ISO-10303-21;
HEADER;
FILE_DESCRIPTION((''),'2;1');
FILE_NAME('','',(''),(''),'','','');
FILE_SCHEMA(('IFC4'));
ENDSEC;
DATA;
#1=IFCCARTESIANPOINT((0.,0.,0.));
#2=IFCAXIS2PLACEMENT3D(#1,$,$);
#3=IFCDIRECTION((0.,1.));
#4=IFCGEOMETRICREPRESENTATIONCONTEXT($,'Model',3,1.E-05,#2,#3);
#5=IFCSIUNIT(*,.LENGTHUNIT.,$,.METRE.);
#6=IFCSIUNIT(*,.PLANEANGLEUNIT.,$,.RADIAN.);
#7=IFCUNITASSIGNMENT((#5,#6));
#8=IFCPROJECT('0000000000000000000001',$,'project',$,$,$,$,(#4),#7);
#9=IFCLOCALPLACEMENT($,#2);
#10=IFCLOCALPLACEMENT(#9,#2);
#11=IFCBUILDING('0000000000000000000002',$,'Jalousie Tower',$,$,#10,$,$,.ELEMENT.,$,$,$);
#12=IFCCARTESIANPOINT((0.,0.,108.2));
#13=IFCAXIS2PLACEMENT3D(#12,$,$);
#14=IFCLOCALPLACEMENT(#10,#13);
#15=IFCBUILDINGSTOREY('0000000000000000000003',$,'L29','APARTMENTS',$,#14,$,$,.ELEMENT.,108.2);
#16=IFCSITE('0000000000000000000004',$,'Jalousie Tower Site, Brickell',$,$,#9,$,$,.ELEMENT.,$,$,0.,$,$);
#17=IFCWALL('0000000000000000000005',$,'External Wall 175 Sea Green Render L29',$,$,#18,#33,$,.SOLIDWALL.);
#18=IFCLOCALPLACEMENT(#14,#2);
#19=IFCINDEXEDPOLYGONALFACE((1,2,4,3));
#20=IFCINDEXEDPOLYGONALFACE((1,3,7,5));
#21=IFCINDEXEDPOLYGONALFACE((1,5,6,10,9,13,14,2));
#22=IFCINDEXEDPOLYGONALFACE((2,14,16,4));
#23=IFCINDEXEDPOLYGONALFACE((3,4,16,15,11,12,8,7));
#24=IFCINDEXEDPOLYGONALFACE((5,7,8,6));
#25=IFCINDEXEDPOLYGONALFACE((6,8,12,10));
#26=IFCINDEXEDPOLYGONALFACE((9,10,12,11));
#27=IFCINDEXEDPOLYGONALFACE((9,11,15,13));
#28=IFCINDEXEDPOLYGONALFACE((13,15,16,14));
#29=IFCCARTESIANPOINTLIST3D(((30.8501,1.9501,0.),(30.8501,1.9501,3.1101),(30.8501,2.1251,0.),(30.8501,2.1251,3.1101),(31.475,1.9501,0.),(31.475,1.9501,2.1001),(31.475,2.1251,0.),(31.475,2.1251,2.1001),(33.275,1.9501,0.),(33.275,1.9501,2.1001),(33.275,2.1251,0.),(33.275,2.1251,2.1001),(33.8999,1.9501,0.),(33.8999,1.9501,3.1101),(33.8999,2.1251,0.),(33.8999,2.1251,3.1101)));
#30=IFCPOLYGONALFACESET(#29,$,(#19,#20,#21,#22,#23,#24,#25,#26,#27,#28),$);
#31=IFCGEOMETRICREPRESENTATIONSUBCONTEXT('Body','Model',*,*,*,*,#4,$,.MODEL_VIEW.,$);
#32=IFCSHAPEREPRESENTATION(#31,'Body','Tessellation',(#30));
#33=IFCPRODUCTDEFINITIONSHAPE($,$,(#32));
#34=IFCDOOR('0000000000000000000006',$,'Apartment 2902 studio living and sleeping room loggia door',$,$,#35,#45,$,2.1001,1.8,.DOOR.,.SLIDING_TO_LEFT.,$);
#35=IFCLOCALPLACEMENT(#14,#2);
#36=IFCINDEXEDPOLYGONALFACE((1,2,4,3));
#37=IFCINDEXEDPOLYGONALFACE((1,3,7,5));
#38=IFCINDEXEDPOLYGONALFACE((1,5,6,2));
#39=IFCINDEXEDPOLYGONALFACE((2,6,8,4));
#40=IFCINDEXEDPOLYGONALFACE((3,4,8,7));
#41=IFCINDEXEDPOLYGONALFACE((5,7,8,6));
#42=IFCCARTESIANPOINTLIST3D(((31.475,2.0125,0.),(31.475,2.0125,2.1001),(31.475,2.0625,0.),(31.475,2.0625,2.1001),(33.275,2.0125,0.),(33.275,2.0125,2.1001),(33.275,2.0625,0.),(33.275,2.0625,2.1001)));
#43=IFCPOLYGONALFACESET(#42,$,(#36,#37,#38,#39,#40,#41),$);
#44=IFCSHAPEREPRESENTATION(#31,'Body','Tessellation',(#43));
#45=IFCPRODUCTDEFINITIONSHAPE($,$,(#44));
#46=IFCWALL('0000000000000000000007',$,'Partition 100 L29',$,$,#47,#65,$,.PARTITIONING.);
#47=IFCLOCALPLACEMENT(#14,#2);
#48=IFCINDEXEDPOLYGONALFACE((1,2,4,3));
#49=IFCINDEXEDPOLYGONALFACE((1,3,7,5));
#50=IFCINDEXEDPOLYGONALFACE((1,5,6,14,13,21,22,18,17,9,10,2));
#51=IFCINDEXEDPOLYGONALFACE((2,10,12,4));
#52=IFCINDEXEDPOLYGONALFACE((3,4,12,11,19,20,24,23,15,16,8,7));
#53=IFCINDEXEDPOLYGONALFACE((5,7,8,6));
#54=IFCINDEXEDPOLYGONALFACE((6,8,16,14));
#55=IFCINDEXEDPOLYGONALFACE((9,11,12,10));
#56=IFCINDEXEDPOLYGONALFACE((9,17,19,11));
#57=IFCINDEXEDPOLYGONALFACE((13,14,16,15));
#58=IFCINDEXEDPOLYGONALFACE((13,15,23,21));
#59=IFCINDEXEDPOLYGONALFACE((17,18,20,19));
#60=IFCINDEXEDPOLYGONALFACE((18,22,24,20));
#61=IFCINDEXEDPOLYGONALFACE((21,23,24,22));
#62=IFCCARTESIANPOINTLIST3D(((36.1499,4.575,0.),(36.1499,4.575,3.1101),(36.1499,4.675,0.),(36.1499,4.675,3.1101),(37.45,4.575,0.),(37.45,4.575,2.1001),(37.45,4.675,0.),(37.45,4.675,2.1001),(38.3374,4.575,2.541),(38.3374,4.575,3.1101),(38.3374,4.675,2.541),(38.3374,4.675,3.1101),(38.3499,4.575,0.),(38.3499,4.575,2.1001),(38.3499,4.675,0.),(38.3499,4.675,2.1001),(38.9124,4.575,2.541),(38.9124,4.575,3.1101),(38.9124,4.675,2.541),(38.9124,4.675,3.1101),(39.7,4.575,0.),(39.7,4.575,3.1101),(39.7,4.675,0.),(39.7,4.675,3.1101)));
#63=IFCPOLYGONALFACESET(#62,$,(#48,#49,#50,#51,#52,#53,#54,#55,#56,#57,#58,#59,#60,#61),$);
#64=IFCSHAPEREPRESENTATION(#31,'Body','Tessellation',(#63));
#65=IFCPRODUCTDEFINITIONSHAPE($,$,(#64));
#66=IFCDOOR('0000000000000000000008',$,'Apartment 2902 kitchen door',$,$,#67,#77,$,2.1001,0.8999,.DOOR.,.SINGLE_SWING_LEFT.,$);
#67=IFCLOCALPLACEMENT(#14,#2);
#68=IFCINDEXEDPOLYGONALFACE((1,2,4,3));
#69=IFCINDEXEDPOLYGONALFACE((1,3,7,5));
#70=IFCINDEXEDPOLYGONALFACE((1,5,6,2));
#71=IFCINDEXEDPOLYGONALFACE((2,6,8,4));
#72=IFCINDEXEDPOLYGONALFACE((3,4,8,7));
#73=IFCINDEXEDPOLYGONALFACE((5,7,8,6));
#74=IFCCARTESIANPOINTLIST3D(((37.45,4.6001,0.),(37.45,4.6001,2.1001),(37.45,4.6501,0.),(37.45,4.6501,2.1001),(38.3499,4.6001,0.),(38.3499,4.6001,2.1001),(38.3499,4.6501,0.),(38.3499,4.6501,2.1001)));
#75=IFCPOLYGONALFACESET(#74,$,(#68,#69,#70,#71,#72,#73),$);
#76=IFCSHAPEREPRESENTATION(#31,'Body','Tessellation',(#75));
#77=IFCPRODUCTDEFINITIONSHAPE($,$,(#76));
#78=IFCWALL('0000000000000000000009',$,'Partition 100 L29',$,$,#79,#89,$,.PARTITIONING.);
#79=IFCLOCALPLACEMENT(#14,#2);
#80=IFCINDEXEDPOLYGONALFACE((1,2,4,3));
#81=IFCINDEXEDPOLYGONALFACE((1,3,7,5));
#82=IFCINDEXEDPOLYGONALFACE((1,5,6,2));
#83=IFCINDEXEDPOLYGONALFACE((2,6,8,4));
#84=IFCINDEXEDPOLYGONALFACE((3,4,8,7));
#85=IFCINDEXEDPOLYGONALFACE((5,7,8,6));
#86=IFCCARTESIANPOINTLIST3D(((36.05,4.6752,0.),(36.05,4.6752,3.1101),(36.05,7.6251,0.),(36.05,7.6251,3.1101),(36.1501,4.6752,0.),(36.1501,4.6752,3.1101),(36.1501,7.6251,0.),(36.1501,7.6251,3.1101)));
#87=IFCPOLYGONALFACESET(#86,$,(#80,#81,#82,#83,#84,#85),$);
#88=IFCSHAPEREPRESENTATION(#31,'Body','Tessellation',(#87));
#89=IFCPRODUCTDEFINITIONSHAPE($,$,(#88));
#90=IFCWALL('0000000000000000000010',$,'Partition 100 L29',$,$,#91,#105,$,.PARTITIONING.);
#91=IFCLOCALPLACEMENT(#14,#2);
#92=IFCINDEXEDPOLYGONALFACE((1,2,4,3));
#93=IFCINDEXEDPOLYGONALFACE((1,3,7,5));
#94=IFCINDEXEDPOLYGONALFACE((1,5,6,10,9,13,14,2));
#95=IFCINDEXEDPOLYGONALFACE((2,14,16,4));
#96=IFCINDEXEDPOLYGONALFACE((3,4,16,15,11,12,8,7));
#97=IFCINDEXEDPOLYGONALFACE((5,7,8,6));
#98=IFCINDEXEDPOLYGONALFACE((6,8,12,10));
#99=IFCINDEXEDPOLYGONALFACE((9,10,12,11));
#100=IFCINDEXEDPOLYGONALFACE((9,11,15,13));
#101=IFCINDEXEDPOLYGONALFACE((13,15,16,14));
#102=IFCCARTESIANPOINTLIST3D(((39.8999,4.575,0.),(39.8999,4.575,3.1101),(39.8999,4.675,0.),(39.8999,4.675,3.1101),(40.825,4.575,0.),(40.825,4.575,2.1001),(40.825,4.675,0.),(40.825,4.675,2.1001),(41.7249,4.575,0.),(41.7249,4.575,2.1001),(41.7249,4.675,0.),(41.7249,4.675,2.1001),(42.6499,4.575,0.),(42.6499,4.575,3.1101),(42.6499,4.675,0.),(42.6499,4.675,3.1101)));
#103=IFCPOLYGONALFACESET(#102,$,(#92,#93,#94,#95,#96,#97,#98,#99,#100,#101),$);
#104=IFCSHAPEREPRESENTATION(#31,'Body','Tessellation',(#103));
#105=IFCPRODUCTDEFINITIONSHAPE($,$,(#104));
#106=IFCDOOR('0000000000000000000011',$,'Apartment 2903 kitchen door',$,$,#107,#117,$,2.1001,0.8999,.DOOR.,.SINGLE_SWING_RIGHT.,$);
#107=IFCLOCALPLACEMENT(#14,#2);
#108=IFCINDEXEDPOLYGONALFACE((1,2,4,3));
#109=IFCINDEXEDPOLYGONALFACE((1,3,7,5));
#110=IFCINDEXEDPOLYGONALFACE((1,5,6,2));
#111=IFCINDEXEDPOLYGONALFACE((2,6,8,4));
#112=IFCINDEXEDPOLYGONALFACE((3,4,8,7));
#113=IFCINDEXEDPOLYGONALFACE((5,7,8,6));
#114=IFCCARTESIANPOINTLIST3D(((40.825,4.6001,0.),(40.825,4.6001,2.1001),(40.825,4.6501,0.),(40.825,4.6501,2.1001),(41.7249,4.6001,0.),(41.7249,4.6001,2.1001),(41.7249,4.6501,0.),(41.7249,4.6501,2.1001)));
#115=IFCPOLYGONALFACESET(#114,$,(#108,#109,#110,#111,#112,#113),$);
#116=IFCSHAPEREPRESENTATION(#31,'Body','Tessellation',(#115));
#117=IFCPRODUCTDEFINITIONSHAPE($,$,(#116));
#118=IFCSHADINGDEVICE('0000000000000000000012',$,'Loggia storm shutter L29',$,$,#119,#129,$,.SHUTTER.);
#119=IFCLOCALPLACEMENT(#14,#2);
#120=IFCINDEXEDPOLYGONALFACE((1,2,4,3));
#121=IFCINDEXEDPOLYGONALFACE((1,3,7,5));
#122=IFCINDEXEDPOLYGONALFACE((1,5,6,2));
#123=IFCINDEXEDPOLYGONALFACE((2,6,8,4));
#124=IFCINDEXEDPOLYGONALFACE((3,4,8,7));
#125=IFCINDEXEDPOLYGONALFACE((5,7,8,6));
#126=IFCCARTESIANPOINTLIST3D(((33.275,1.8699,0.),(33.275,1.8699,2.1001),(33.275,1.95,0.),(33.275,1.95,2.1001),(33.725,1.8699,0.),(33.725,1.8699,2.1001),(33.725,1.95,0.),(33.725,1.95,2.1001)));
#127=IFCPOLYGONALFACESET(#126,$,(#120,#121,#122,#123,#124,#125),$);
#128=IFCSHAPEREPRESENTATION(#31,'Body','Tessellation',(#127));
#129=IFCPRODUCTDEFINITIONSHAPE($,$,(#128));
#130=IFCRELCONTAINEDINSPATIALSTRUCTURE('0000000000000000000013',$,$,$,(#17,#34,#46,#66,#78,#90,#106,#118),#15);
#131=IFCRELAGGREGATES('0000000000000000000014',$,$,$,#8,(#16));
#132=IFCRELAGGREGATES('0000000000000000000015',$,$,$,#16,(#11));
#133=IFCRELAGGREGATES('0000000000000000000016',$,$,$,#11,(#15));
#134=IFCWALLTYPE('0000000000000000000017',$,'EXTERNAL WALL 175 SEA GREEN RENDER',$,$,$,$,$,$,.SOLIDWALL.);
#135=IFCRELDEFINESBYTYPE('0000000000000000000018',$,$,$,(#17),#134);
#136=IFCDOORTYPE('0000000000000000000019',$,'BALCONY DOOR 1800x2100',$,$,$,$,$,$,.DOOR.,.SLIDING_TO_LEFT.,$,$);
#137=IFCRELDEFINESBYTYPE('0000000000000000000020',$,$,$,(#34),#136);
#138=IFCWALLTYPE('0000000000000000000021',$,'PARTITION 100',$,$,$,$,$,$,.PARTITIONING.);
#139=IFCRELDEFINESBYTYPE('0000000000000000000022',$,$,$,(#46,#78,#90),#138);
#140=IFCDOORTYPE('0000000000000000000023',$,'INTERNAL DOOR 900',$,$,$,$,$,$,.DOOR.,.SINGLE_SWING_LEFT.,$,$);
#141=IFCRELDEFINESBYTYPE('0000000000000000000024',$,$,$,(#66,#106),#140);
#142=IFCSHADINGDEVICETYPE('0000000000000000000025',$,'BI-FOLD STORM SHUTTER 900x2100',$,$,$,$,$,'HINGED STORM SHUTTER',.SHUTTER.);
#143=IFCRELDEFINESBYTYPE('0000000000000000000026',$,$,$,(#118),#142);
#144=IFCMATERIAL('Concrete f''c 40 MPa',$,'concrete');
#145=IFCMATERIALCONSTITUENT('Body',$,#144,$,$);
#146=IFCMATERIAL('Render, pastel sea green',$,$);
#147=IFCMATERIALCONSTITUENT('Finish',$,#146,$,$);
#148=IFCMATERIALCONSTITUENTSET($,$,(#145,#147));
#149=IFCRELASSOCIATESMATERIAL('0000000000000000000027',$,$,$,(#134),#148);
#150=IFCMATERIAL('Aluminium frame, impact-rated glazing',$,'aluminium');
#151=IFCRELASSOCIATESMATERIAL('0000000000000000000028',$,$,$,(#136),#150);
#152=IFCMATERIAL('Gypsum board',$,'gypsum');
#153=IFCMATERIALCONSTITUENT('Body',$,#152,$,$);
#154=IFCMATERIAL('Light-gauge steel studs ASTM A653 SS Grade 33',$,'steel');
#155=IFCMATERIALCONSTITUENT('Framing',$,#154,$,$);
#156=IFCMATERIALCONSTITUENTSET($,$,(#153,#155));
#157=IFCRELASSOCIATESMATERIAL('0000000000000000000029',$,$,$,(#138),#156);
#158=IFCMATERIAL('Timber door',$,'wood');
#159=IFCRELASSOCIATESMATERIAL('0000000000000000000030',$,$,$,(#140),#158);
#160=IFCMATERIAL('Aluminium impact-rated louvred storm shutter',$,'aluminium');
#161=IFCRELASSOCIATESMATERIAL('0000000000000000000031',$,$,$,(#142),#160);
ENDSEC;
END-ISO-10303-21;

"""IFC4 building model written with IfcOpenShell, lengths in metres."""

from ifc_helpers import new_model, si_unit, direction, frame, frame_2d, origin, origin_2d, place, context, subcontext, project, spatial, polyline, rectangle, outline, extrude, material, constituent, constituent_set, type_object, element, fill, save


model = new_model("IFC4")

# Units and contexts
model_context = context("Model", 3, precision=1e-05, world=origin(), true_north=direction((0.0, 1.0)))
body_context = subcontext(model_context, "Body", "Model", "MODEL_VIEW")
ifc_project = project(units=[si_unit("LENGTHUNIT", "METRE"), si_unit("PLANEANGLEUNIT", "RADIAN")], contexts=[model_context])

# Site, building, storey
site_placement = place(None, origin())
site = spatial("IfcSite", under=ifc_project, at=site_placement, Name="Jalousie Tower Site, Brickell", CompositionType="ELEMENT", RefElevation=0.0)
building_placement = place(site_placement, origin())
building = spatial("IfcBuilding", under=site, at=building_placement, Name="Jalousie Tower", CompositionType="ELEMENT")
storey_placement = place(building_placement, frame((0.0, 0.0, 108.2)))
storey = spatial("IfcBuildingStorey", under=building, at=storey_placement, Name="L29", Description="APARTMENTS", CompositionType="ELEMENT", Elevation=108.2)

# Walls, openings, doors
ifc_material_1 = material(Name="Concrete f'c 40 MPa", Category="concrete")
ifc_constituent_1 = constituent(ifc_material_1, Name="Body")
ifc_material_2 = material(Name="Render, pastel sea green")
ifc_constituent_2 = constituent(ifc_material_2, Name="Finish")
ifc_constituent_set_1 = constituent_set(constituents=[ifc_constituent_1, ifc_constituent_2])
wall_type_1 = type_object("IfcWallType", Name="EXTERNAL WALL 175 SEA GREEN RENDER", PredefinedType="SOLIDWALL", material=ifc_constituent_set_1)
wall_1_placement = place(storey_placement, frame((30.8501, 2.0376, 0.0), z_axis=(0.0, 0.0, 1.0), x_axis=(1.0, 0.0, 0.0)))
wall_1 = element("IfcWall", 1, at=wall_1_placement, inside=storey, type_object=wall_type_1, Name="External Wall 175 Sea Green Render L29", PredefinedType="SOLIDWALL", context=body_context, shape_type="SweptSolid", body=[
    extrude(rectangle(XDim=3.0498, YDim=0.175, at=frame_2d((1.5249, 0.0))), origin(), (0.0, 0.0, 1.0), 3.1101),
])
opening_1_placement = place(wall_1_placement, frame((0.625, 0.0, 0.0)))
opening_1 = element("IfcOpeningElement", 2, at=opening_1_placement, cuts=wall_1, PredefinedType="OPENING", context=body_context, shape_type="SweptSolid", body=[
    extrude(rectangle(XDim=1.8, YDim=2.1001, at=frame_2d((0.8999, 1.05))), frame((0.0, 0.0974, 0.0), z_axis=(0.0, -1.0, 0.0), x_axis=(1.0, 0.0, 0.0)), (0.0, 0.0, 1.0), 0.1951),
])
ifc_material_3 = material(Name="Aluminium frame, impact-rated glazing", Category="aluminium")
door_type_1 = type_object("IfcDoorType", Name="BALCONY DOOR 1800x2100", OperationType="SLIDING_TO_LEFT", PredefinedType="DOOR", material=ifc_material_3)
door_1_placement = place(opening_1_placement, origin())
door_1 = element("IfcDoor", 3, at=door_1_placement, inside=storey, type_object=door_type_1, Name="Apartment 2902 studio living and sleeping room loggia door", OperationType="SLIDING_TO_LEFT", OverallHeight=2.1001, OverallWidth=1.8, PredefinedType="DOOR", context=body_context, shape_type="SweptSolid", body=[
    extrude(rectangle(XDim=1.8, YDim=2.1001, at=frame_2d((0.8999, 1.05))), frame((0.0, 0.0249, 0.0), z_axis=(0.0, -1.0, 0.0), x_axis=(1.0, 0.0, 0.0)), (0.0, 0.0, 1.0), 0.05),
])
fill(opening_1, door_1)
ifc_material_4 = material(Name="Gypsum board", Category="gypsum")
ifc_constituent_3 = constituent(ifc_material_4, Name="Body")
ifc_material_5 = material(Name="Light-gauge steel studs ASTM A653 SS Grade 33", Category="steel")
ifc_constituent_4 = constituent(ifc_material_5, Name="Framing")
ifc_constituent_set_2 = constituent_set(constituents=[ifc_constituent_3, ifc_constituent_4])
wall_type_2 = type_object("IfcWallType", Name="PARTITION 100", PredefinedType="PARTITIONING", material=ifc_constituent_set_2)
wall_2_placement = place(storey_placement, frame((36.1499, 4.625, 0.0), z_axis=(0.0, 0.0, 1.0), x_axis=(1.0, 0.0, 0.0)))
wall_2 = element("IfcWall", 4, at=wall_2_placement, inside=storey, type_object=wall_type_2, Name="Partition 100 L29", PredefinedType="PARTITIONING", context=body_context, shape_type="SweptSolid", body=[
    extrude(outline(polyline([(0.0, 0.0), (3.55, 0.0), (3.55, 3.1101), (2.7625, 3.1101), (2.7625, 2.541), (2.1875, 2.541), (2.1875, 3.1101), (0.0, 3.1101), (0.0, 0.0)])), frame((0.0, 0.05, 0.0), z_axis=(0.0, -1.0, 0.0), x_axis=(1.0, 0.0, 0.0)), (0.0, 0.0, 1.0), 0.1001),
])
opening_2_placement = place(wall_2_placement, frame((1.3, 0.0, 0.0)))
opening_2 = element("IfcOpeningElement", 5, at=opening_2_placement, cuts=wall_2, PredefinedType="OPENING", context=body_context, shape_type="SweptSolid", body=[
    extrude(rectangle(XDim=0.8999, YDim=2.1001, at=frame_2d((0.45, 1.05))), frame((0.0, 0.0601, 0.0), z_axis=(0.0, -1.0, 0.0), x_axis=(1.0, 0.0, 0.0)), (0.0, 0.0, 1.0), 0.1201),
])
ifc_material_6 = material(Name="Timber door", Category="wood")
door_type_2 = type_object("IfcDoorType", Name="INTERNAL DOOR 900", OperationType="SINGLE_SWING_LEFT", PredefinedType="DOOR", material=ifc_material_6)
door_2_placement = place(opening_2_placement, frame((0.8999, 0.0, 0.0), z_axis=(0.0, 0.0, 1.0), x_axis=(-1.0, 0.0, 0.0)))
door_2 = element("IfcDoor", 6, at=door_2_placement, inside=storey, type_object=door_type_2, Name="Apartment 2902 kitchen door", OperationType="SINGLE_SWING_LEFT", OverallHeight=2.1001, OverallWidth=0.8999, PredefinedType="DOOR", context=body_context, shape_type="SweptSolid", body=[
    extrude(rectangle(XDim=0.8999, YDim=2.1001, at=frame_2d((0.45, 1.05))), frame((0.0, 0.0249, 0.0), z_axis=(0.0, -1.0, 0.0), x_axis=(1.0, 0.0, 0.0)), (0.0, 0.0, 1.0), 0.05),
])
fill(opening_2, door_2)

# Wall
wall_3_placement = place(storey_placement, frame((36.1001, 4.675, 0.0), z_axis=(0.0, 0.0, 1.0), x_axis=(0.0, 1.0, 0.0)))
element("IfcWall", 7, at=wall_3_placement, inside=storey, type_object=wall_type_2, Name="Partition 100 L29", PredefinedType="PARTITIONING", context=body_context, shape_type="SweptSolid", body=[
    extrude(rectangle(XDim=2.95, YDim=0.1001, at=frame_2d((1.4751, 0.0))), origin(), (0.0, 0.0, 1.0), 3.1101),
])

# Wall, opening, door
wall_4_placement = place(storey_placement, frame((39.8999, 4.625, 0.0), z_axis=(0.0, 0.0, 1.0), x_axis=(1.0, 0.0, 0.0)))
wall_4 = element("IfcWall", 8, at=wall_4_placement, inside=storey, type_object=wall_type_2, Name="Partition 100 L29", PredefinedType="PARTITIONING", context=body_context, shape_type="SweptSolid", body=[
    extrude(rectangle(XDim=2.75, YDim=0.1001, at=frame_2d((1.375, 0.0))), origin(), (0.0, 0.0, 1.0), 3.1101),
])
opening_3_placement = place(wall_4_placement, frame((0.925, 0.0, 0.0)))
opening_3 = element("IfcOpeningElement", 9, at=opening_3_placement, cuts=wall_4, PredefinedType="OPENING", context=body_context, shape_type="SweptSolid", body=[
    extrude(rectangle(XDim=0.8999, YDim=2.1001, at=frame_2d((0.45, 1.05))), frame((0.0, 0.0601, 0.0), z_axis=(0.0, -1.0, 0.0), x_axis=(1.0, 0.0, 0.0)), (0.0, 0.0, 1.0), 0.1201),
])
door_3_placement = place(opening_3_placement, frame((0.8999, 0.0, 0.0), z_axis=(0.0, 0.0, 1.0), x_axis=(-1.0, 0.0, 0.0)))
door_3 = element("IfcDoor", 10, at=door_3_placement, inside=storey, type_object=door_type_2, Name="Apartment 2903 kitchen door", OperationType="SINGLE_SWING_RIGHT", OverallHeight=2.1001, OverallWidth=0.8999, PredefinedType="DOOR", context=body_context, shape_type="SweptSolid", body=[
    extrude(rectangle(XDim=0.8999, YDim=2.1001, at=frame_2d((0.45, 1.05))), frame((0.0, 0.0249, 0.0), z_axis=(0.0, -1.0, 0.0), x_axis=(1.0, 0.0, 0.0)), (0.0, 0.0, 1.0), 0.05),
])
fill(opening_3, door_3)

# Shading device
ifc_material_7 = material(Name="Aluminium impact-rated louvred storm shutter", Category="aluminium")
shading_device_type = type_object("IfcShadingDeviceType", Name="BI-FOLD STORM SHUTTER 900x2100", ElementType="HINGED STORM SHUTTER", PredefinedType="SHUTTER", material=ifc_material_7)
shading_device_placement = place(storey_placement, frame((33.5, 1.9099, 0.0), z_axis=(0.0, 0.0, 1.0), x_axis=(1.0, 0.0, 0.0)))
element("IfcShadingDevice", 11, at=shading_device_placement, inside=storey, type_object=shading_device_type, Name="Loggia storm shutter L29", PredefinedType="SHUTTER", context=body_context, shape_type="SweptSolid", body=[
    extrude(rectangle(XDim=0.45, YDim=0.0801, at=origin_2d()), origin(), (0.0, 0.0, 1.0), 2.1001),
])

save(model, "model.ifc")
